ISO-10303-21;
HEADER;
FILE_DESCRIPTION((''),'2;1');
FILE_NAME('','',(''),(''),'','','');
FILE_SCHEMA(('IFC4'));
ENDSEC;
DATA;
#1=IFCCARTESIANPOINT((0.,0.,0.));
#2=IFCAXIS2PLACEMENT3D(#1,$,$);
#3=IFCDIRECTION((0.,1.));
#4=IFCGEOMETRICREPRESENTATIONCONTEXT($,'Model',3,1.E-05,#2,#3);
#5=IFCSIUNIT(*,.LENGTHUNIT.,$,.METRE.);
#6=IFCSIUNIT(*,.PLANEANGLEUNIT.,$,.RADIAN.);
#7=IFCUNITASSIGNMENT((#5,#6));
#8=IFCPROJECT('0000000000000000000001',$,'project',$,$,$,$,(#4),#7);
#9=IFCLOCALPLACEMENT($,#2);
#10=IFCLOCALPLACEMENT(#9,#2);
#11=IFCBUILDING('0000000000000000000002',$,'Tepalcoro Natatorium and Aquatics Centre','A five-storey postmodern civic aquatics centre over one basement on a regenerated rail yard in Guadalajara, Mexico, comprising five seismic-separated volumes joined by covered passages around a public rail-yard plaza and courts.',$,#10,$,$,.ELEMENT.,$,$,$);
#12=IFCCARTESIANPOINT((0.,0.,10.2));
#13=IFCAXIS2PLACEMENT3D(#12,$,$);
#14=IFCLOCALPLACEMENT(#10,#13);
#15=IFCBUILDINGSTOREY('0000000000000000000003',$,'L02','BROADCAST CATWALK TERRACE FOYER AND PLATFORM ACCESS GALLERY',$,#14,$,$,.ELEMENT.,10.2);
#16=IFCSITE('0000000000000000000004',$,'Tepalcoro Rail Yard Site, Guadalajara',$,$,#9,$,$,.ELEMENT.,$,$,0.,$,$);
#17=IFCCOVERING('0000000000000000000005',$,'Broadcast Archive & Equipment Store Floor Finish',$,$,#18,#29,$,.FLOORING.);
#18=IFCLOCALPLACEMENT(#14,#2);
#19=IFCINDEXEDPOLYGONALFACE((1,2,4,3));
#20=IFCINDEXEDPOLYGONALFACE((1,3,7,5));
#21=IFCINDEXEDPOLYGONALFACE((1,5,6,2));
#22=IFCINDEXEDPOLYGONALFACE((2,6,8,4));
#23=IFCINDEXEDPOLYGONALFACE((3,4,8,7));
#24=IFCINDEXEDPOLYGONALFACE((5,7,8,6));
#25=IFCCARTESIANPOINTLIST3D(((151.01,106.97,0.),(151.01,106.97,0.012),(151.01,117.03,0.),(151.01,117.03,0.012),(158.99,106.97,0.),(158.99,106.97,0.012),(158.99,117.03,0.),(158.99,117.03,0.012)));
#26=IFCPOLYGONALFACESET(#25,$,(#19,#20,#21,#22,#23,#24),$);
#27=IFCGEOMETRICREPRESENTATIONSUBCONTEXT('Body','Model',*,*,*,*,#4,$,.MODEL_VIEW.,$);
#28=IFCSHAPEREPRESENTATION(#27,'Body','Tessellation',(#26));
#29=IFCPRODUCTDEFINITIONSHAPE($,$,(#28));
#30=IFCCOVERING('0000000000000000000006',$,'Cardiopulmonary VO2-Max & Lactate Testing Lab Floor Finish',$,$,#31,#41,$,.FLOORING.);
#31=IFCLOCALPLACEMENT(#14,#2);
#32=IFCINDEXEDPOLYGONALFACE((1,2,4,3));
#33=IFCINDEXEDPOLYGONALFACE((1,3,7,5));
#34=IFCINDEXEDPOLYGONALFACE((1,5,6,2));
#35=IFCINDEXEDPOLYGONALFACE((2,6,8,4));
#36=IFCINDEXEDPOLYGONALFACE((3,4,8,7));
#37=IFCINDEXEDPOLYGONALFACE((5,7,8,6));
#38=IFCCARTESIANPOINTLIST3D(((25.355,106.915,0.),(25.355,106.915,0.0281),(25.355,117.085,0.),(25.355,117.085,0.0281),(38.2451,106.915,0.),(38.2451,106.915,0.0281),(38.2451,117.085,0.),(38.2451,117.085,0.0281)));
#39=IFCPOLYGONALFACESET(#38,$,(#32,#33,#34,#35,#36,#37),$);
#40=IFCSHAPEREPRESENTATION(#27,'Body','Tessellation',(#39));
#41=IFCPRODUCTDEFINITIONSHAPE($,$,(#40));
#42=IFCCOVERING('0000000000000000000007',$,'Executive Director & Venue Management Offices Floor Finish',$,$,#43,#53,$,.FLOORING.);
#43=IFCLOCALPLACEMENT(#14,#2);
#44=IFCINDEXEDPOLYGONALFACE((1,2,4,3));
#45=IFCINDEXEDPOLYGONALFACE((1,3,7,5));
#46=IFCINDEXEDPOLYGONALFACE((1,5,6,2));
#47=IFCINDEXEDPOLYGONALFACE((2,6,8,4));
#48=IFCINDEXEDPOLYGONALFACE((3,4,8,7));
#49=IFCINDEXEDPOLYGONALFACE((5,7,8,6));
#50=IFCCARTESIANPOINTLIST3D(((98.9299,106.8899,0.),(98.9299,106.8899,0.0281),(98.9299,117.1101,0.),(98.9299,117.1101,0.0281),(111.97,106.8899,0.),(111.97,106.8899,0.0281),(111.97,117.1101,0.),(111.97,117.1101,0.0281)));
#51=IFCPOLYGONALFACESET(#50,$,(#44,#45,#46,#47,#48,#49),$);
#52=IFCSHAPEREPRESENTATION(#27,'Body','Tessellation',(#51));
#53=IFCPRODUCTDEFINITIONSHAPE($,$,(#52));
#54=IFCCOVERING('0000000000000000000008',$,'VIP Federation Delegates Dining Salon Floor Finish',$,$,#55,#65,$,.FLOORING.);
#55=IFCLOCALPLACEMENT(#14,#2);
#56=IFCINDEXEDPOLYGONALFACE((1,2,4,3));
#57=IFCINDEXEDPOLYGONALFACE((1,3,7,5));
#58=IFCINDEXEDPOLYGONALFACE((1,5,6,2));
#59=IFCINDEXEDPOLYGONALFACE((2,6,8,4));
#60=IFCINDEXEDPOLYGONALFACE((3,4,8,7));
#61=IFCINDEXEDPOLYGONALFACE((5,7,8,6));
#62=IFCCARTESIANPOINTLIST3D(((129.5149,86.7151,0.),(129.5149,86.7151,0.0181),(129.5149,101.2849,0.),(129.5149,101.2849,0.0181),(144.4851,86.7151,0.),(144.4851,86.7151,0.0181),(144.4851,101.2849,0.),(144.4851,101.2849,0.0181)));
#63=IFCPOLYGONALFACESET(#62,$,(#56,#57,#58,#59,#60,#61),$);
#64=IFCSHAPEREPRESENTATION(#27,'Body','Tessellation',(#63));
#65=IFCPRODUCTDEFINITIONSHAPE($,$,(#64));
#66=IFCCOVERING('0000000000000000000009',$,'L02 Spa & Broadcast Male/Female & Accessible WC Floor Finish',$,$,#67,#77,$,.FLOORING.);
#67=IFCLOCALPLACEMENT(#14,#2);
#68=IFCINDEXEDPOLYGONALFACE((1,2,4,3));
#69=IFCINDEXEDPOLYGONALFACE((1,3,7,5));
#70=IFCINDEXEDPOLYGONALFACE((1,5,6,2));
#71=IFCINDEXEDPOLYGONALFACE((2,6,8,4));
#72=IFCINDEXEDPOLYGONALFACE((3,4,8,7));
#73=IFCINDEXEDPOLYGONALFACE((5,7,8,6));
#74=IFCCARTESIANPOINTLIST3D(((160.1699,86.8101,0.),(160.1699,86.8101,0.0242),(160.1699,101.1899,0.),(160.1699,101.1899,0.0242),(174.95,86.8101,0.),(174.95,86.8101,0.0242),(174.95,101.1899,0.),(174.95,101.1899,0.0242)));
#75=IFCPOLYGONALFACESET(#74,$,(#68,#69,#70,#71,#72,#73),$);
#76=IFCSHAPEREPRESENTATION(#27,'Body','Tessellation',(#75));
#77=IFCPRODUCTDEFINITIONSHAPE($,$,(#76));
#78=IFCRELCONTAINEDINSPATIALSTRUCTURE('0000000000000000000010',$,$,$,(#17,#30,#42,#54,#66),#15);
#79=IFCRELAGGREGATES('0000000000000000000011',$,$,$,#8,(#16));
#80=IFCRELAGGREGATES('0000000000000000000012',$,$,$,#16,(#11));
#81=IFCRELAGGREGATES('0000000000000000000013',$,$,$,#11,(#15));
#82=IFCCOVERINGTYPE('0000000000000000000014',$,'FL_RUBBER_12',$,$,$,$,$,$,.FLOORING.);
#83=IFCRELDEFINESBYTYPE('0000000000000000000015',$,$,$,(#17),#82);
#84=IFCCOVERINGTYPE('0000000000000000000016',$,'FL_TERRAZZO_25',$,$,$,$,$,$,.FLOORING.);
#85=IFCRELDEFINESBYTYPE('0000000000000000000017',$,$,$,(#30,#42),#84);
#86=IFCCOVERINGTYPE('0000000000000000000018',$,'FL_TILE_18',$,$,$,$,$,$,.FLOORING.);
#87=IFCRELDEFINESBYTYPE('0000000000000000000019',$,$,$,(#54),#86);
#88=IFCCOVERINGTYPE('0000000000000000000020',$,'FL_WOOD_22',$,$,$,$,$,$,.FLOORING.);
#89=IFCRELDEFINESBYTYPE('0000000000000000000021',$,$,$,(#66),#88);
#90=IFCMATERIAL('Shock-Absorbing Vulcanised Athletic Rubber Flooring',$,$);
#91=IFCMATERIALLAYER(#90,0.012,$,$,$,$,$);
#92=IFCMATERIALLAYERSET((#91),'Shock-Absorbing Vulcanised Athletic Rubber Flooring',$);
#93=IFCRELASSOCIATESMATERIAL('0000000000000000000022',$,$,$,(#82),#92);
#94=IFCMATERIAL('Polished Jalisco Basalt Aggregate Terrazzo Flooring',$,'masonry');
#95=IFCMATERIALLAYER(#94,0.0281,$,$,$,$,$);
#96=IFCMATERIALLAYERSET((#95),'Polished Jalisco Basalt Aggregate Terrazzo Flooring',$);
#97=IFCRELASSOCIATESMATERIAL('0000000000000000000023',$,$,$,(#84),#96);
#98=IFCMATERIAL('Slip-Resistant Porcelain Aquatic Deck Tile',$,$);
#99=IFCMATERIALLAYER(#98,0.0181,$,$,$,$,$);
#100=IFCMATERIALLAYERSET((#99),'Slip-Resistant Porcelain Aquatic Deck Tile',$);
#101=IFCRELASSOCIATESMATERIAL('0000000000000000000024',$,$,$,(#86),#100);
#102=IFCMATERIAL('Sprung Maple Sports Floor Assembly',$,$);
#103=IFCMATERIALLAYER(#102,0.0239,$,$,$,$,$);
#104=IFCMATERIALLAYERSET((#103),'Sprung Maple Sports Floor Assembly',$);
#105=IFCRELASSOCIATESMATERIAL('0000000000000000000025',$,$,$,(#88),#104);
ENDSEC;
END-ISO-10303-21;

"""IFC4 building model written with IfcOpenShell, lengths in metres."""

from ifc_helpers import new_model, si_unit, direction, frame, origin, place, context, subcontext, project, spatial, polyline, outline, extrude, material, layer, layer_set, type_object, element, save


model = new_model("IFC4")

# Units and contexts
model_context = context("Model", 3, precision=1e-05, world=origin(), true_north=direction((0.0, 1.0)))
body_context = subcontext(model_context, "Body", "Model", "MODEL_VIEW")
ifc_project = project(units=[si_unit("LENGTHUNIT", "METRE"), si_unit("PLANEANGLEUNIT", "RADIAN")], contexts=[model_context])

# Site, building, storey
site_placement = place(None, origin())
site = spatial("IfcSite", under=ifc_project, at=site_placement, Name="Tepalcoro Rail Yard Site, Guadalajara", CompositionType="ELEMENT", RefElevation=0.0)
building_placement = place(site_placement, origin())
building = spatial("IfcBuilding", under=site, at=building_placement, Name="Tepalcoro Natatorium and Aquatics Centre", Description="A five-storey postmodern civic aquatics centre over one basement on a regenerated rail yard in Guadalajara, Mexico, comprising five seismic-separated volumes joined by covered passages around a public rail-yard plaza and courts.", CompositionType="ELEMENT")
storey_placement = place(building_placement, frame((0.0, 0.0, 10.2)))
storey = spatial("IfcBuildingStorey", under=building, at=storey_placement, Name="L02", Description="BROADCAST CATWALK TERRACE FOYER AND PLATFORM ACCESS GALLERY", CompositionType="ELEMENT", Elevation=10.2)

# Coverings
ifc_material_1 = material(Name="Shock-Absorbing Vulcanised Athletic Rubber Flooring")
ifc_material_2 = material(Name="Slip-Resistant Porcelain Aquatic Deck Tile")
ifc_layer_1 = layer(ifc_material_1, 0.012)
ifc_layer_set_1 = layer_set([ifc_layer_1], Name="Shock-Absorbing Vulcanised Athletic Rubber Flooring")
covering_type_1 = type_object("IfcCoveringType", Name="FL_RUBBER_12", PredefinedType="FLOORING", material=ifc_layer_set_1)
covering_1_placement = place(storey_placement, origin())
element("IfcCovering", 1, at=covering_1_placement, inside=storey, type_object=covering_type_1, Name="Broadcast Archive & Equipment Store Floor Finish", PredefinedType="FLOORING", context=body_context, shape_type="SweptSolid", body=[
    extrude(outline(polyline([(151.01, 106.97), (151.01, 117.03), (158.99, 117.03), (158.99, 106.97), (151.01, 106.97)])), origin(), (0.0, 0.0, 1.0), 0.012),
])
ifc_material_3 = material(Name="Polished Jalisco Basalt Aggregate Terrazzo Flooring", Category="masonry")
ifc_layer_2 = layer(ifc_material_3, 0.0281)
ifc_layer_set_2 = layer_set([ifc_layer_2], Name="Polished Jalisco Basalt Aggregate Terrazzo Flooring")
covering_type_2 = type_object("IfcCoveringType", Name="FL_TERRAZZO_25", PredefinedType="FLOORING", material=ifc_layer_set_2)
covering_2_placement = place(storey_placement, origin())
element("IfcCovering", 2, at=covering_2_placement, inside=storey, type_object=covering_type_2, Name="Cardiopulmonary VO2-Max & Lactate Testing Lab Floor Finish", PredefinedType="FLOORING", context=body_context, shape_type="SweptSolid", body=[
    extrude(outline(polyline([(25.355, 106.915), (25.355, 117.085), (38.2451, 117.085), (38.2451, 106.915), (25.355, 106.915)])), origin(), (0.0, 0.0, 1.0), 0.0281),
])
covering_3_placement = place(storey_placement, origin())
element("IfcCovering", 3, at=covering_3_placement, inside=storey, type_object=covering_type_2, Name="Executive Director & Venue Management Offices Floor Finish", PredefinedType="FLOORING", context=body_context, shape_type="SweptSolid", body=[
    extrude(outline(polyline([(98.9299, 106.8899), (98.9299, 117.1101), (111.97, 117.1101), (111.97, 106.8899), (98.9299, 106.8899)])), origin(), (0.0, 0.0, 1.0), 0.0281),
])
ifc_layer_3 = layer(ifc_material_2, 0.0181)
ifc_layer_set_3 = layer_set([ifc_layer_3], Name="Slip-Resistant Porcelain Aquatic Deck Tile")
covering_type_3 = type_object("IfcCoveringType", Name="FL_TILE_18", PredefinedType="FLOORING", material=ifc_layer_set_3)
covering_4_placement = place(storey_placement, origin())
element("IfcCovering", 4, at=covering_4_placement, inside=storey, type_object=covering_type_3, Name="VIP Federation Delegates Dining Salon Floor Finish", PredefinedType="FLOORING", context=body_context, shape_type="SweptSolid", body=[
    extrude(outline(polyline([(129.5149, 86.7151), (129.5149, 101.2849), (144.4851, 101.2849), (144.4851, 86.7151), (129.5149, 86.7151)])), origin(), (0.0, 0.0, 1.0), 0.0181),
])
ifc_material_4 = material(Name="Sprung Maple Sports Floor Assembly")
ifc_layer_4 = layer(ifc_material_4, 0.0239)
ifc_layer_set_4 = layer_set([ifc_layer_4], Name="Sprung Maple Sports Floor Assembly")
covering_type_4 = type_object("IfcCoveringType", Name="FL_WOOD_22", PredefinedType="FLOORING", material=ifc_layer_set_4)
covering_5_placement = place(storey_placement, origin())
element("IfcCovering", 5, at=covering_5_placement, inside=storey, type_object=covering_type_4, Name="L02 Spa & Broadcast Male/Female & Accessible WC Floor Finish", PredefinedType="FLOORING", context=body_context, shape_type="SweptSolid", body=[
    extrude(outline(polyline([(160.1699, 86.8101), (160.1699, 101.1899), (174.95, 101.1899), (174.95, 86.8101), (160.1699, 86.8101)])), origin(), (0.0, 0.0, 1.0), 0.0242),
])

save(model, "model.ifc")
